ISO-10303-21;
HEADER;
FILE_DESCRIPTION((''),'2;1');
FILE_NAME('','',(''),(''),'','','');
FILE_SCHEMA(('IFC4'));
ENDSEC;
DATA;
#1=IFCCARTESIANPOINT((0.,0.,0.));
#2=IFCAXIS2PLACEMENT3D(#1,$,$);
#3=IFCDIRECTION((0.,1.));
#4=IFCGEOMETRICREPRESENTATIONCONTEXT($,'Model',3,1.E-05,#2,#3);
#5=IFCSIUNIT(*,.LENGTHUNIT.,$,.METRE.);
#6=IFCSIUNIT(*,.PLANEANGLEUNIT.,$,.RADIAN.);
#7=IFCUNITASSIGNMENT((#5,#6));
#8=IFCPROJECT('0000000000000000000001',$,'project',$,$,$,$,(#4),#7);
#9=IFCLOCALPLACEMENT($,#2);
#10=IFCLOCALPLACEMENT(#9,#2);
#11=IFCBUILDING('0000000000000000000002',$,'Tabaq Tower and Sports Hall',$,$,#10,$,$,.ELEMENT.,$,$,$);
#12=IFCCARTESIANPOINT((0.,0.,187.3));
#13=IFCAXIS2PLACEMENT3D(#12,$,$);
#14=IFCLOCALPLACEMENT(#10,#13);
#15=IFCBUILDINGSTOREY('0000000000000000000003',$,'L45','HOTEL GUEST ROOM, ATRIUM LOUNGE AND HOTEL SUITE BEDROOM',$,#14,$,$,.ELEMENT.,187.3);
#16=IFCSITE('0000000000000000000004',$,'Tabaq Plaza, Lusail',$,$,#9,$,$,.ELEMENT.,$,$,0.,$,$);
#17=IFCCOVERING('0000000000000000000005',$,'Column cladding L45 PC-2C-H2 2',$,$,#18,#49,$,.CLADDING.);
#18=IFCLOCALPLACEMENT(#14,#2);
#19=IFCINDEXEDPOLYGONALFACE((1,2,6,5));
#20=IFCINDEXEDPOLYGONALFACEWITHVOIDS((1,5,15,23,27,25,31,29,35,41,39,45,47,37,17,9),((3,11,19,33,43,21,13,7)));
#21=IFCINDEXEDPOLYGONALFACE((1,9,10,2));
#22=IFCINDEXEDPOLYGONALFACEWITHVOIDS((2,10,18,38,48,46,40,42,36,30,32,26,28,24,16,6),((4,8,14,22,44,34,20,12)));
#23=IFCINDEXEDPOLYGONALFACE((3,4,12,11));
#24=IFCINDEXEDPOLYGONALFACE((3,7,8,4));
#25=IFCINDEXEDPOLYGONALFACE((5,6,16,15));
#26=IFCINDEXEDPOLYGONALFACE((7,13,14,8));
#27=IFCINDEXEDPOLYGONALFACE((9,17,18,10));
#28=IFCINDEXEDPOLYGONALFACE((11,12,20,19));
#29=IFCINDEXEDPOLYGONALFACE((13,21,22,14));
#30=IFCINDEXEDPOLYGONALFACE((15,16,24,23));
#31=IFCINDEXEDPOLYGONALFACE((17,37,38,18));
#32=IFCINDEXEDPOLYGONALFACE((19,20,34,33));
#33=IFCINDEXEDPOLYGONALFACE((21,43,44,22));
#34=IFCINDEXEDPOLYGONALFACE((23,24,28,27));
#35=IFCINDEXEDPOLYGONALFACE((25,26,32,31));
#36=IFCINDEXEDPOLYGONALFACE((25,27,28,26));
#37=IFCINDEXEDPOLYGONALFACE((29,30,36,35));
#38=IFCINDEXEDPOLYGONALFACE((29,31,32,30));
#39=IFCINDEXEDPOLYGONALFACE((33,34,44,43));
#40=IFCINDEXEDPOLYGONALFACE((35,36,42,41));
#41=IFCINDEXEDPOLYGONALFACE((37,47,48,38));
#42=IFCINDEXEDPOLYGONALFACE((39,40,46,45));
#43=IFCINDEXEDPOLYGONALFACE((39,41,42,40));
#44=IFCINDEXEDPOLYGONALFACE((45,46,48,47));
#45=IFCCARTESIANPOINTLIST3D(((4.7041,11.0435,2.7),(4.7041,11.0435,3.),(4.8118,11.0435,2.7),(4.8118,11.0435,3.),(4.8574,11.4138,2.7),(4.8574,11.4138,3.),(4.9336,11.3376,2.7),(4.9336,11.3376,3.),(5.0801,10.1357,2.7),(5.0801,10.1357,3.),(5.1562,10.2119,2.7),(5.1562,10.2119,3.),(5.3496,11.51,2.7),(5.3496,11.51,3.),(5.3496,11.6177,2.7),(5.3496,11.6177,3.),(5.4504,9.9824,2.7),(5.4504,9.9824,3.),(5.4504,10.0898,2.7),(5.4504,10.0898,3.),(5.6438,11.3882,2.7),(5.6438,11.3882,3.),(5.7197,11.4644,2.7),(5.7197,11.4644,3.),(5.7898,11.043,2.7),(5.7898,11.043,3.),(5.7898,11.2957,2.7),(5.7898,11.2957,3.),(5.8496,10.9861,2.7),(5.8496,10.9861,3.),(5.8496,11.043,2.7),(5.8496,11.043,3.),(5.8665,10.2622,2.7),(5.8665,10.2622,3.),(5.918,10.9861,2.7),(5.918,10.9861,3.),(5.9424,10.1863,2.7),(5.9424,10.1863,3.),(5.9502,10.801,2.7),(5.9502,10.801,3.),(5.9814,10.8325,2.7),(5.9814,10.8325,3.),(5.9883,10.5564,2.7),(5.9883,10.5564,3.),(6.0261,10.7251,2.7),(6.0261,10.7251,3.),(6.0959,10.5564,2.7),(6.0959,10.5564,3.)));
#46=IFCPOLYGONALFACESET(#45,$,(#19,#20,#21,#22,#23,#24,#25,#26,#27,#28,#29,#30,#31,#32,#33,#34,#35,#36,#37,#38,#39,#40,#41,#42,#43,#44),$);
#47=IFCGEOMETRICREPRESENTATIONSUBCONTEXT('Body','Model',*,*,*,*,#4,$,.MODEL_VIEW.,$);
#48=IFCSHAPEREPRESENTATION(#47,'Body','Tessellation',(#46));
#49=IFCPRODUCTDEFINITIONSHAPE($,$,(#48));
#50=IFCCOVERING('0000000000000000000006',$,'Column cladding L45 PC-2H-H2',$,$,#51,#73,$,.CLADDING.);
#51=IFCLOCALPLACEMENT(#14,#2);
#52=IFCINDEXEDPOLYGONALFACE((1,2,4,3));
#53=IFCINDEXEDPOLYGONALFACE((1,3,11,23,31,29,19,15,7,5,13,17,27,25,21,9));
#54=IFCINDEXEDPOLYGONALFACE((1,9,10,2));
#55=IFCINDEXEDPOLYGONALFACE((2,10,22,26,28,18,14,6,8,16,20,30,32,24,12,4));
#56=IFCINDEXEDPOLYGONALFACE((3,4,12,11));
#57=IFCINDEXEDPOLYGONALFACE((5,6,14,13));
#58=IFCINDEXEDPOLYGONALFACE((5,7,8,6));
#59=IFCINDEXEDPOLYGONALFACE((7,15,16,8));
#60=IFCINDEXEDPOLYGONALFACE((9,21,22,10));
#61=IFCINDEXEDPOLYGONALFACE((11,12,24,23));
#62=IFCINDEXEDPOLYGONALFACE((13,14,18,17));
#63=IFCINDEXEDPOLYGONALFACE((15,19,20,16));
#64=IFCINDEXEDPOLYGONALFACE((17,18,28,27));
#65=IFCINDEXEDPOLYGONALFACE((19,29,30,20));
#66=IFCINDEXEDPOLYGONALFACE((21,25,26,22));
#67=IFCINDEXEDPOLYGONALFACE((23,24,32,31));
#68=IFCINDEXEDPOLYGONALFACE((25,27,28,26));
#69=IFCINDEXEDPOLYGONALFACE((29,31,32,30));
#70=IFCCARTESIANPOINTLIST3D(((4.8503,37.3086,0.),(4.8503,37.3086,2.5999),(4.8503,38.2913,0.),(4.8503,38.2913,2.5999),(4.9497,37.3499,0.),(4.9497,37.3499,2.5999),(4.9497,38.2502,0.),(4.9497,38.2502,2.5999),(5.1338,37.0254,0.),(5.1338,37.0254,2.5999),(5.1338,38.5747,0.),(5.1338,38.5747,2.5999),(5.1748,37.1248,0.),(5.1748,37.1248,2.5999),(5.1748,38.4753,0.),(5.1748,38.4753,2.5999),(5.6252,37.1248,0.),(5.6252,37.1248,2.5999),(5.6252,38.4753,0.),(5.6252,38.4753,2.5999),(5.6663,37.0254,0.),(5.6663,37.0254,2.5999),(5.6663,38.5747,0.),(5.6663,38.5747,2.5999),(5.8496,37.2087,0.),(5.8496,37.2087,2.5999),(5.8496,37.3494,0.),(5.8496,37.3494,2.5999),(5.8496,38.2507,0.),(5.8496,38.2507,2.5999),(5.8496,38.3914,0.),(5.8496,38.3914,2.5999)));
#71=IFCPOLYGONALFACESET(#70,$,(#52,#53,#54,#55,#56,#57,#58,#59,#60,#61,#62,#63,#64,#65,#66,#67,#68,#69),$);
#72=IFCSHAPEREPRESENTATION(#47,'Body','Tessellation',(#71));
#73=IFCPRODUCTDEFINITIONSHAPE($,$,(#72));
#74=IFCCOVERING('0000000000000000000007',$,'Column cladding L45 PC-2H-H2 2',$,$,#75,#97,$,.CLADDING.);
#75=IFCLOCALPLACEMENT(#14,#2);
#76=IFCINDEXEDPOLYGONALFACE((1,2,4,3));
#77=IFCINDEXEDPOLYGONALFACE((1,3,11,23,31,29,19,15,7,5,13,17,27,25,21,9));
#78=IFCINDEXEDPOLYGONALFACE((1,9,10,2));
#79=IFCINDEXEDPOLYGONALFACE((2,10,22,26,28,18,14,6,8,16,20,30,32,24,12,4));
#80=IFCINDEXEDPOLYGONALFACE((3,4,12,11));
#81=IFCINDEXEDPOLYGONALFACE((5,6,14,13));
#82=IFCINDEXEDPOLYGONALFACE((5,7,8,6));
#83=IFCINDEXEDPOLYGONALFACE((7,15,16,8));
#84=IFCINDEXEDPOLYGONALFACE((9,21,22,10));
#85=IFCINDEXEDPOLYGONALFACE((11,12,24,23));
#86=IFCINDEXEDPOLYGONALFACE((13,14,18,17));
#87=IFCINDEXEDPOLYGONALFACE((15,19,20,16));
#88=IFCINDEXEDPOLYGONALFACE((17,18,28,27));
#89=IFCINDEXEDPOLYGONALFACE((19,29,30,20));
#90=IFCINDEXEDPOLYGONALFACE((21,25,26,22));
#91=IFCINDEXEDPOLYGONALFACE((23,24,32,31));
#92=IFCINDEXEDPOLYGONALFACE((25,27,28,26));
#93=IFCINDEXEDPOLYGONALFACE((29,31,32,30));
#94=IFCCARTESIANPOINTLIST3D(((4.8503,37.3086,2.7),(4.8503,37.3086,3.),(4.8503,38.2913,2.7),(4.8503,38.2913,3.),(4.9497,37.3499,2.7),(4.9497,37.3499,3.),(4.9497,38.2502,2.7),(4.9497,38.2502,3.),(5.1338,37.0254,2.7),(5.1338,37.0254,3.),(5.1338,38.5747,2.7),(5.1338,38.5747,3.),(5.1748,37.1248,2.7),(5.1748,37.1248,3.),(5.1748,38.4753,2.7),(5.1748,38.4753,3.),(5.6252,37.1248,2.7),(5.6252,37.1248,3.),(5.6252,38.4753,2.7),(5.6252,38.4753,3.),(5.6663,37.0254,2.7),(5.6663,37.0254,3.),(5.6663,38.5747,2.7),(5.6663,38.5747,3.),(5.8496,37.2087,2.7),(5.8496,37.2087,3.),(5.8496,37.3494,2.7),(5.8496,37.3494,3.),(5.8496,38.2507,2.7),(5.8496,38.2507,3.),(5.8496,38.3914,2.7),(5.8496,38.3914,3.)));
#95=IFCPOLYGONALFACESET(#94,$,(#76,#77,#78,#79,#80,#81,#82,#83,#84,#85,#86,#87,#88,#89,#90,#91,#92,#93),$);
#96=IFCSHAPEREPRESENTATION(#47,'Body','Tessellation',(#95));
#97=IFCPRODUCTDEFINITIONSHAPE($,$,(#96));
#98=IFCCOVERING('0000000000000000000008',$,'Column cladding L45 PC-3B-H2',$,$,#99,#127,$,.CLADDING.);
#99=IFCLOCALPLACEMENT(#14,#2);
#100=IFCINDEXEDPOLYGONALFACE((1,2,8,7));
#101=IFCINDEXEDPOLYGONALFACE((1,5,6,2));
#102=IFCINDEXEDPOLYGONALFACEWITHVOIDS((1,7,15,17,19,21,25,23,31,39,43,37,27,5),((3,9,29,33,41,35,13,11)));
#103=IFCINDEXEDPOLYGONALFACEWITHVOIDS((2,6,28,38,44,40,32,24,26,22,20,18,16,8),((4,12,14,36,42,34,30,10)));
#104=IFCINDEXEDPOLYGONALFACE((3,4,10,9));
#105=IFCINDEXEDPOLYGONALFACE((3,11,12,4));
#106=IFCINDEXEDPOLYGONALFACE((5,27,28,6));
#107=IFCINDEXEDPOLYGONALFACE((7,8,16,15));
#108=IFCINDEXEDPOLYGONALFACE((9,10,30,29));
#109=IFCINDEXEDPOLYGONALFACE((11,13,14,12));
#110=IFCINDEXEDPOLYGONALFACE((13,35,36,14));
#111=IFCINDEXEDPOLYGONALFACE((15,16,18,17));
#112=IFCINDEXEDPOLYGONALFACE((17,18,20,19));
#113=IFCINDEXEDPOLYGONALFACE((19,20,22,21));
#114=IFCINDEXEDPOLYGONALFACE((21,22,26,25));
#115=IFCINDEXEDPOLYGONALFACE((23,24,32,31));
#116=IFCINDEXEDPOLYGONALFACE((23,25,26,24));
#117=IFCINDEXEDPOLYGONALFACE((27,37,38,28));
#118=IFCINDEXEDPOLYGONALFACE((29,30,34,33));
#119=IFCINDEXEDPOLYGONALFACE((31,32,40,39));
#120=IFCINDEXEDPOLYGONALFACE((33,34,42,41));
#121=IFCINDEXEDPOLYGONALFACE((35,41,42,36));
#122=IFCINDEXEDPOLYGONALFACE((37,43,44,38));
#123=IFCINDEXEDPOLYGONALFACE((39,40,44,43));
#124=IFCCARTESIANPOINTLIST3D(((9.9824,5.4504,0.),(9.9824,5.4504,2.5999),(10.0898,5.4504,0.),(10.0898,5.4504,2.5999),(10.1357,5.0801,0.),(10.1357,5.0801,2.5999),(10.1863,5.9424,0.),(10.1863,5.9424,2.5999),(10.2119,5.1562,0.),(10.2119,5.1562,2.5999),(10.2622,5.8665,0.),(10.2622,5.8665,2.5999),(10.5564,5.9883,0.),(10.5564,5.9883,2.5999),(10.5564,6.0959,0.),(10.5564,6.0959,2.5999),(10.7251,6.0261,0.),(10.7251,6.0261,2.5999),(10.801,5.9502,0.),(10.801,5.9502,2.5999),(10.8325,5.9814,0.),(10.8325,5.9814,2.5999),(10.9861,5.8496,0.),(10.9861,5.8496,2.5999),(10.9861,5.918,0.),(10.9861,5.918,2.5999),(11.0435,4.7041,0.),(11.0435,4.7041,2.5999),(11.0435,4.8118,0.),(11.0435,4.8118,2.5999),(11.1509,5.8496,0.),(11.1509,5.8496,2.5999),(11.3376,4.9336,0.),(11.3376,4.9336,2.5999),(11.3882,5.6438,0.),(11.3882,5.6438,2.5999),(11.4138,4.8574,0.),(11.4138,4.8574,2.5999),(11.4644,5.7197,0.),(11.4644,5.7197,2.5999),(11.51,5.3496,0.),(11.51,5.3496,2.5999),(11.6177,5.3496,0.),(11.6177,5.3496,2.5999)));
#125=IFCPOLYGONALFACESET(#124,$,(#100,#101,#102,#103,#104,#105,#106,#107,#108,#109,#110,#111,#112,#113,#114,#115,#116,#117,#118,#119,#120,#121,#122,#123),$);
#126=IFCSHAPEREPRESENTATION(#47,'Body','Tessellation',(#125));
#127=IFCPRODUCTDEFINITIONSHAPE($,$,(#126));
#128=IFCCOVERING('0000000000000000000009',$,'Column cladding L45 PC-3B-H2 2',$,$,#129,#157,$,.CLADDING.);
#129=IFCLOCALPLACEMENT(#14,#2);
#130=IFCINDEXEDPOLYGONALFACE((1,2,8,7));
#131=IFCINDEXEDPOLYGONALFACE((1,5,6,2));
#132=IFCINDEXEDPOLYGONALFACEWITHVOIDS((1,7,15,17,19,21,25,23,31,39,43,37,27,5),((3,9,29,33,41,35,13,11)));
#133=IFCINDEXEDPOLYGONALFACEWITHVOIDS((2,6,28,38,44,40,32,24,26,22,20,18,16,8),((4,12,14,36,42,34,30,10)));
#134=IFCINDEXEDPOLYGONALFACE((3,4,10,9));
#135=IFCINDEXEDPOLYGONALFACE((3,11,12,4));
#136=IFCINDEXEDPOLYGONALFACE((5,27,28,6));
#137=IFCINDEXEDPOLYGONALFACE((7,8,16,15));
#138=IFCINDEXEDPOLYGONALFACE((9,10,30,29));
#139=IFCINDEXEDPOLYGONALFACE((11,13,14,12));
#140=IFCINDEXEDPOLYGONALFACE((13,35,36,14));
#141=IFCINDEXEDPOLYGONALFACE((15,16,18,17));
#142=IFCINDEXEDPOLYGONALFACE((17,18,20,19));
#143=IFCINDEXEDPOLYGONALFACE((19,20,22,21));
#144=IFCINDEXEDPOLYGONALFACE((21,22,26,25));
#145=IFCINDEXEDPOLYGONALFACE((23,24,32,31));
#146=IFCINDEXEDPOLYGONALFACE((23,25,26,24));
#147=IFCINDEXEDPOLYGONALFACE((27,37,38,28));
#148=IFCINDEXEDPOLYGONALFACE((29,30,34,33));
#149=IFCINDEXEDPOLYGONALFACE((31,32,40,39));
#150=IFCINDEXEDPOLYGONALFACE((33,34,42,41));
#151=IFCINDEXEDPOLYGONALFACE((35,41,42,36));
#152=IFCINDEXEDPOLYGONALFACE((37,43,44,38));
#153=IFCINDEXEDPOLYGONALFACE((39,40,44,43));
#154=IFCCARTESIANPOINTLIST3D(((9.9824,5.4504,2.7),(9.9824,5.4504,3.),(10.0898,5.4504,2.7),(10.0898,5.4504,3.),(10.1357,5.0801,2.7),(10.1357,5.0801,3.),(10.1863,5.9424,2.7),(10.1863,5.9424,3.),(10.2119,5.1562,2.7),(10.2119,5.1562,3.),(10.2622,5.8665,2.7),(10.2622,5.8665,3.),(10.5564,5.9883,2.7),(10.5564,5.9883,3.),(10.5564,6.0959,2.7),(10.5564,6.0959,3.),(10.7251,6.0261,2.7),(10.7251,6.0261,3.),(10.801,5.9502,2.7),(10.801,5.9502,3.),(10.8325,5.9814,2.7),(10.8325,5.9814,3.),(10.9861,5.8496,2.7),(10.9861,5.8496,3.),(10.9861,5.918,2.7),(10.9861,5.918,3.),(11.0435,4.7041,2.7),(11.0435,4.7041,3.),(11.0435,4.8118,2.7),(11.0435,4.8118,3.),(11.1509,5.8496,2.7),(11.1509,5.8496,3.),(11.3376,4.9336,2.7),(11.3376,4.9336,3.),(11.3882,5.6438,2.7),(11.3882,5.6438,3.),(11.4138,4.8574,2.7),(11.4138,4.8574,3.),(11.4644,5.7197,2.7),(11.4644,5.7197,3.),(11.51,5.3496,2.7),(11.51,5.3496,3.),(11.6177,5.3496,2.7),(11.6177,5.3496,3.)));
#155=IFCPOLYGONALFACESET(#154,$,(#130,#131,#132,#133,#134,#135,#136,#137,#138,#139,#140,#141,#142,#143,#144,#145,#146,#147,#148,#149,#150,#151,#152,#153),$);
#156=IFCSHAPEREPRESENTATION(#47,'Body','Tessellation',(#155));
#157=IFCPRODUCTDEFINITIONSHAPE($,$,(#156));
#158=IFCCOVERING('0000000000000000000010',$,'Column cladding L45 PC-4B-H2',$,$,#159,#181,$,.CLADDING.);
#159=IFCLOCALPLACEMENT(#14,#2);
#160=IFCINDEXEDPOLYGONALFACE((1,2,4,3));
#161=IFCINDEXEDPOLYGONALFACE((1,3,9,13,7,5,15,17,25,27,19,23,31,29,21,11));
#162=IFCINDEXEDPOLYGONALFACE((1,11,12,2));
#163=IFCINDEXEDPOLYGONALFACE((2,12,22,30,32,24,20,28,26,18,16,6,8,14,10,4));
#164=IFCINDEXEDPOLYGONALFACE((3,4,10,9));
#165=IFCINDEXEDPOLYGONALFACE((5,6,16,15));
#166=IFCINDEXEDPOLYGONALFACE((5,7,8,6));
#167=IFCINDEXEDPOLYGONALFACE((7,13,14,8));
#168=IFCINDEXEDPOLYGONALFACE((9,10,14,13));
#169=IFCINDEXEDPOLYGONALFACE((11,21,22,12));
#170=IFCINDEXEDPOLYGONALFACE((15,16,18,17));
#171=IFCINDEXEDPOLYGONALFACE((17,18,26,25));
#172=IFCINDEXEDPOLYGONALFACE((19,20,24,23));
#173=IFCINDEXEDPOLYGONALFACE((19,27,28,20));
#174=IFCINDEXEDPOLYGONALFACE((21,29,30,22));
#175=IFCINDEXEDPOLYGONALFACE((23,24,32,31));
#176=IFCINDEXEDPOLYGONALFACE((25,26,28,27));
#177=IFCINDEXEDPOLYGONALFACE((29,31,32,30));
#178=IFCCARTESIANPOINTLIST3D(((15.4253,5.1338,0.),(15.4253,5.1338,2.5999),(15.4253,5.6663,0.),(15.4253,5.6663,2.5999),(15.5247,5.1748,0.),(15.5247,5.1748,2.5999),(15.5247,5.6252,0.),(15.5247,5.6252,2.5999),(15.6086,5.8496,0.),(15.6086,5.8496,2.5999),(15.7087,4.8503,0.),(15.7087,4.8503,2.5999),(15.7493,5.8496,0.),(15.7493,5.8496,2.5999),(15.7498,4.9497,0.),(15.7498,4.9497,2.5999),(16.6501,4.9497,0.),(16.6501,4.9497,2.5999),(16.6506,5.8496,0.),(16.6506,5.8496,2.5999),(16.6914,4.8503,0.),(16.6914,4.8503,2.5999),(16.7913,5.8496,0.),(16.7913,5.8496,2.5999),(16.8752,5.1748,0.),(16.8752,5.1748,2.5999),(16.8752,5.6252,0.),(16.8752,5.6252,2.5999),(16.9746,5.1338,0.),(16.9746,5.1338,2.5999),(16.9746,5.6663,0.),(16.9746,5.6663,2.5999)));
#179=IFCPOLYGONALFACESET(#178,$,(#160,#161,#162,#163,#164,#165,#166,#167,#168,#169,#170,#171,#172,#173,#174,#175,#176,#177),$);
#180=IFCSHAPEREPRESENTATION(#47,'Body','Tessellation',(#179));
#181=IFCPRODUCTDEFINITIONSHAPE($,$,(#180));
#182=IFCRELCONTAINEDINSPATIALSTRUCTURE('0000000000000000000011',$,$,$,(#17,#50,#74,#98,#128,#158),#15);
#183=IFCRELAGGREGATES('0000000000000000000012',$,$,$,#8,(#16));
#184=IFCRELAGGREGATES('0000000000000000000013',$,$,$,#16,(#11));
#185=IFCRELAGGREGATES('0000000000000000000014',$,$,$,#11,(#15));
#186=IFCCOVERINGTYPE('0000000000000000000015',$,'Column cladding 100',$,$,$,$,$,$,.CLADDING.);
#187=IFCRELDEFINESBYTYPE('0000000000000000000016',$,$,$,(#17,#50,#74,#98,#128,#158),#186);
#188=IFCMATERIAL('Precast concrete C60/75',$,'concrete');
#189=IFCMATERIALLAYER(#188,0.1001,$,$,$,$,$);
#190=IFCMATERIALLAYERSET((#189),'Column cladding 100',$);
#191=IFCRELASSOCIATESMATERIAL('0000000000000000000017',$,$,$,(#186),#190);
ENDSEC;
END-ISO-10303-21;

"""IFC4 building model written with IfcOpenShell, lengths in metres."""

from ifc_helpers import new_model, si_unit, direction, frame, origin, place, context, subcontext, project, spatial, polyline, outline, extrude, material, layer, layer_set, type_object, element, save


model = new_model("IFC4")

# Units and contexts
model_context = context("Model", 3, precision=1e-05, world=origin(), true_north=direction((0.0, 1.0)))
body_context = subcontext(model_context, "Body", "Model", "MODEL_VIEW")
ifc_project = project(units=[si_unit("LENGTHUNIT", "METRE"), si_unit("PLANEANGLEUNIT", "RADIAN")], contexts=[model_context])

# Site, building, storey
site_placement = place(None, origin())
site = spatial("IfcSite", under=ifc_project, at=site_placement, Name="Tabaq Plaza, Lusail", CompositionType="ELEMENT", RefElevation=0.0)
building_placement = place(site_placement, origin())
building = spatial("IfcBuilding", under=site, at=building_placement, Name="Tabaq Tower and Sports Hall", CompositionType="ELEMENT")
storey_placement = place(building_placement, frame((0.0, 0.0, 187.3)))
storey = spatial("IfcBuildingStorey", under=building, at=storey_placement, Name="L45", Description="HOTEL GUEST ROOM, ATRIUM LOUNGE AND HOTEL SUITE BEDROOM", CompositionType="ELEMENT", Elevation=187.3)

# Coverings
ifc_material_1 = material(Name="Precast concrete C60/75", Category="concrete")
ifc_layer_1 = layer(ifc_material_1, 0.1001)
ifc_layer_set_1 = layer_set([ifc_layer_1], Name="Column cladding 100")
covering_type = type_object("IfcCoveringType", Name="Column cladding 100", PredefinedType="CLADDING", material=ifc_layer_set_1)
covering_1_placement = place(storey_placement, frame((0.0, 0.0, 2.7)))
element("IfcCovering", 1, at=covering_1_placement, inside=storey, type_object=covering_type, Name="Column cladding L45 PC-2C-H2 2", PredefinedType="CLADDING", context=body_context, shape_type="SweptSolid", body=[
    extrude(outline(polyline([(5.4504, 9.9824), (5.0801, 10.1357), (4.7041, 11.0435), (4.8574, 11.4138), (5.3496, 11.6177), (5.7197, 11.4644), (5.7898, 11.2957), (5.7898, 11.043), (5.8496, 11.043), (5.8496, 10.9861), (5.918, 10.9861), (5.9814, 10.8325), (5.9502, 10.801), (6.0261, 10.7251), (6.0959, 10.5564), (5.9424, 10.1863), (5.4504, 9.9824)]), holes=[polyline([(5.3496, 11.51), (4.9336, 11.3376), (4.8118, 11.0435), (5.1562, 10.2119), (5.4504, 10.0898), (5.8665, 10.2622), (5.9883, 10.5564), (5.6438, 11.3882), (5.3496, 11.51)])]), origin(), (0.0, 0.0, 1.0), 0.3),
])
covering_2_placement = place(storey_placement, origin())
element("IfcCovering", 2, at=covering_2_placement, inside=storey, type_object=covering_type, Name="Column cladding L45 PC-2H-H2", PredefinedType="CLADDING", context=body_context, shape_type="SweptSolid", body=[
    extrude(outline(polyline([(5.1338, 37.0254), (4.8503, 37.3086), (4.8503, 38.2913), (5.1338, 38.5747), (5.6663, 38.5747), (5.8496, 38.3914), (5.8496, 38.2507), (5.6252, 38.4753), (5.1748, 38.4753), (4.9497, 38.2502), (4.9497, 37.3499), (5.1748, 37.1248), (5.6252, 37.1248), (5.8496, 37.3494), (5.8496, 37.2087), (5.6663, 37.0254), (5.1338, 37.0254)])), origin(), (0.0, 0.0, 1.0), 2.5999),
])
covering_3_placement = place(storey_placement, frame((0.0, 0.0, 2.7)))
element("IfcCovering", 3, at=covering_3_placement, inside=storey, type_object=covering_type, Name="Column cladding L45 PC-2H-H2 2", PredefinedType="CLADDING", context=body_context, shape_type="SweptSolid", body=[
    extrude(outline(polyline([(5.1338, 37.0254), (4.8503, 37.3086), (4.8503, 38.2913), (5.1338, 38.5747), (5.6663, 38.5747), (5.8496, 38.3914), (5.8496, 38.2507), (5.6252, 38.4753), (5.1748, 38.4753), (4.9497, 38.2502), (4.9497, 37.3499), (5.1748, 37.1248), (5.6252, 37.1248), (5.8496, 37.3494), (5.8496, 37.2087), (5.6663, 37.0254), (5.1338, 37.0254)])), origin(), (0.0, 0.0, 1.0), 0.3),
])
covering_4_placement = place(storey_placement, origin())
element("IfcCovering", 4, at=covering_4_placement, inside=storey, type_object=covering_type, Name="Column cladding L45 PC-3B-H2", PredefinedType="CLADDING", context=body_context, shape_type="SweptSolid", body=[
    extrude(outline(polyline([(11.4138, 4.8574), (11.0435, 4.7041), (10.1357, 5.0801), (9.9824, 5.4504), (10.1863, 5.9424), (10.5564, 6.0959), (10.7251, 6.0261), (10.801, 5.9502), (10.8325, 5.9814), (10.9861, 5.918), (10.9861, 5.8496), (11.1509, 5.8496), (11.4644, 5.7197), (11.6177, 5.3496), (11.4138, 4.8574)]), holes=[polyline([(10.2622, 5.8665), (10.0898, 5.4504), (10.2119, 5.1562), (11.0435, 4.8118), (11.3376, 4.9336), (11.51, 5.3496), (11.3882, 5.6438), (10.5564, 5.9883), (10.2622, 5.8665)])]), origin(), (0.0, 0.0, 1.0), 2.5999),
])
covering_5_placement = place(storey_placement, frame((0.0, 0.0, 2.7)))
element("IfcCovering", 5, at=covering_5_placement, inside=storey, type_object=covering_type, Name="Column cladding L45 PC-3B-H2 2", PredefinedType="CLADDING", context=body_context, shape_type="SweptSolid", body=[
    extrude(outline(polyline([(11.4138, 4.8574), (11.0435, 4.7041), (10.1357, 5.0801), (9.9824, 5.4504), (10.1863, 5.9424), (10.5564, 6.0959), (10.7251, 6.0261), (10.801, 5.9502), (10.8325, 5.9814), (10.9861, 5.918), (10.9861, 5.8496), (11.1509, 5.8496), (11.4644, 5.7197), (11.6177, 5.3496), (11.4138, 4.8574)]), holes=[polyline([(10.2622, 5.8665), (10.0898, 5.4504), (10.2119, 5.1562), (11.0435, 4.8118), (11.3376, 4.9336), (11.51, 5.3496), (11.3882, 5.6438), (10.5564, 5.9883), (10.2622, 5.8665)])]), origin(), (0.0, 0.0, 1.0), 0.3),
])
covering_6_placement = place(storey_placement, origin())
element("IfcCovering", 6, at=covering_6_placement, inside=storey, type_object=covering_type, Name="Column cladding L45 PC-4B-H2", PredefinedType="CLADDING", context=body_context, shape_type="SweptSolid", body=[
    extrude(outline(polyline([(15.4253, 5.6663), (15.6086, 5.8496), (15.7493, 5.8496), (15.5247, 5.6252), (15.5247, 5.1748), (15.7498, 4.9497), (16.6501, 4.9497), (16.8752, 5.1748), (16.8752, 5.6252), (16.6506, 5.8496), (16.7913, 5.8496), (16.9746, 5.6663), (16.9746, 5.1338), (16.6914, 4.8503), (15.7087, 4.8503), (15.4253, 5.1338), (15.4253, 5.6663)])), origin(), (0.0, 0.0, 1.0), 2.5999),
])

save(model, "model.ifc")
